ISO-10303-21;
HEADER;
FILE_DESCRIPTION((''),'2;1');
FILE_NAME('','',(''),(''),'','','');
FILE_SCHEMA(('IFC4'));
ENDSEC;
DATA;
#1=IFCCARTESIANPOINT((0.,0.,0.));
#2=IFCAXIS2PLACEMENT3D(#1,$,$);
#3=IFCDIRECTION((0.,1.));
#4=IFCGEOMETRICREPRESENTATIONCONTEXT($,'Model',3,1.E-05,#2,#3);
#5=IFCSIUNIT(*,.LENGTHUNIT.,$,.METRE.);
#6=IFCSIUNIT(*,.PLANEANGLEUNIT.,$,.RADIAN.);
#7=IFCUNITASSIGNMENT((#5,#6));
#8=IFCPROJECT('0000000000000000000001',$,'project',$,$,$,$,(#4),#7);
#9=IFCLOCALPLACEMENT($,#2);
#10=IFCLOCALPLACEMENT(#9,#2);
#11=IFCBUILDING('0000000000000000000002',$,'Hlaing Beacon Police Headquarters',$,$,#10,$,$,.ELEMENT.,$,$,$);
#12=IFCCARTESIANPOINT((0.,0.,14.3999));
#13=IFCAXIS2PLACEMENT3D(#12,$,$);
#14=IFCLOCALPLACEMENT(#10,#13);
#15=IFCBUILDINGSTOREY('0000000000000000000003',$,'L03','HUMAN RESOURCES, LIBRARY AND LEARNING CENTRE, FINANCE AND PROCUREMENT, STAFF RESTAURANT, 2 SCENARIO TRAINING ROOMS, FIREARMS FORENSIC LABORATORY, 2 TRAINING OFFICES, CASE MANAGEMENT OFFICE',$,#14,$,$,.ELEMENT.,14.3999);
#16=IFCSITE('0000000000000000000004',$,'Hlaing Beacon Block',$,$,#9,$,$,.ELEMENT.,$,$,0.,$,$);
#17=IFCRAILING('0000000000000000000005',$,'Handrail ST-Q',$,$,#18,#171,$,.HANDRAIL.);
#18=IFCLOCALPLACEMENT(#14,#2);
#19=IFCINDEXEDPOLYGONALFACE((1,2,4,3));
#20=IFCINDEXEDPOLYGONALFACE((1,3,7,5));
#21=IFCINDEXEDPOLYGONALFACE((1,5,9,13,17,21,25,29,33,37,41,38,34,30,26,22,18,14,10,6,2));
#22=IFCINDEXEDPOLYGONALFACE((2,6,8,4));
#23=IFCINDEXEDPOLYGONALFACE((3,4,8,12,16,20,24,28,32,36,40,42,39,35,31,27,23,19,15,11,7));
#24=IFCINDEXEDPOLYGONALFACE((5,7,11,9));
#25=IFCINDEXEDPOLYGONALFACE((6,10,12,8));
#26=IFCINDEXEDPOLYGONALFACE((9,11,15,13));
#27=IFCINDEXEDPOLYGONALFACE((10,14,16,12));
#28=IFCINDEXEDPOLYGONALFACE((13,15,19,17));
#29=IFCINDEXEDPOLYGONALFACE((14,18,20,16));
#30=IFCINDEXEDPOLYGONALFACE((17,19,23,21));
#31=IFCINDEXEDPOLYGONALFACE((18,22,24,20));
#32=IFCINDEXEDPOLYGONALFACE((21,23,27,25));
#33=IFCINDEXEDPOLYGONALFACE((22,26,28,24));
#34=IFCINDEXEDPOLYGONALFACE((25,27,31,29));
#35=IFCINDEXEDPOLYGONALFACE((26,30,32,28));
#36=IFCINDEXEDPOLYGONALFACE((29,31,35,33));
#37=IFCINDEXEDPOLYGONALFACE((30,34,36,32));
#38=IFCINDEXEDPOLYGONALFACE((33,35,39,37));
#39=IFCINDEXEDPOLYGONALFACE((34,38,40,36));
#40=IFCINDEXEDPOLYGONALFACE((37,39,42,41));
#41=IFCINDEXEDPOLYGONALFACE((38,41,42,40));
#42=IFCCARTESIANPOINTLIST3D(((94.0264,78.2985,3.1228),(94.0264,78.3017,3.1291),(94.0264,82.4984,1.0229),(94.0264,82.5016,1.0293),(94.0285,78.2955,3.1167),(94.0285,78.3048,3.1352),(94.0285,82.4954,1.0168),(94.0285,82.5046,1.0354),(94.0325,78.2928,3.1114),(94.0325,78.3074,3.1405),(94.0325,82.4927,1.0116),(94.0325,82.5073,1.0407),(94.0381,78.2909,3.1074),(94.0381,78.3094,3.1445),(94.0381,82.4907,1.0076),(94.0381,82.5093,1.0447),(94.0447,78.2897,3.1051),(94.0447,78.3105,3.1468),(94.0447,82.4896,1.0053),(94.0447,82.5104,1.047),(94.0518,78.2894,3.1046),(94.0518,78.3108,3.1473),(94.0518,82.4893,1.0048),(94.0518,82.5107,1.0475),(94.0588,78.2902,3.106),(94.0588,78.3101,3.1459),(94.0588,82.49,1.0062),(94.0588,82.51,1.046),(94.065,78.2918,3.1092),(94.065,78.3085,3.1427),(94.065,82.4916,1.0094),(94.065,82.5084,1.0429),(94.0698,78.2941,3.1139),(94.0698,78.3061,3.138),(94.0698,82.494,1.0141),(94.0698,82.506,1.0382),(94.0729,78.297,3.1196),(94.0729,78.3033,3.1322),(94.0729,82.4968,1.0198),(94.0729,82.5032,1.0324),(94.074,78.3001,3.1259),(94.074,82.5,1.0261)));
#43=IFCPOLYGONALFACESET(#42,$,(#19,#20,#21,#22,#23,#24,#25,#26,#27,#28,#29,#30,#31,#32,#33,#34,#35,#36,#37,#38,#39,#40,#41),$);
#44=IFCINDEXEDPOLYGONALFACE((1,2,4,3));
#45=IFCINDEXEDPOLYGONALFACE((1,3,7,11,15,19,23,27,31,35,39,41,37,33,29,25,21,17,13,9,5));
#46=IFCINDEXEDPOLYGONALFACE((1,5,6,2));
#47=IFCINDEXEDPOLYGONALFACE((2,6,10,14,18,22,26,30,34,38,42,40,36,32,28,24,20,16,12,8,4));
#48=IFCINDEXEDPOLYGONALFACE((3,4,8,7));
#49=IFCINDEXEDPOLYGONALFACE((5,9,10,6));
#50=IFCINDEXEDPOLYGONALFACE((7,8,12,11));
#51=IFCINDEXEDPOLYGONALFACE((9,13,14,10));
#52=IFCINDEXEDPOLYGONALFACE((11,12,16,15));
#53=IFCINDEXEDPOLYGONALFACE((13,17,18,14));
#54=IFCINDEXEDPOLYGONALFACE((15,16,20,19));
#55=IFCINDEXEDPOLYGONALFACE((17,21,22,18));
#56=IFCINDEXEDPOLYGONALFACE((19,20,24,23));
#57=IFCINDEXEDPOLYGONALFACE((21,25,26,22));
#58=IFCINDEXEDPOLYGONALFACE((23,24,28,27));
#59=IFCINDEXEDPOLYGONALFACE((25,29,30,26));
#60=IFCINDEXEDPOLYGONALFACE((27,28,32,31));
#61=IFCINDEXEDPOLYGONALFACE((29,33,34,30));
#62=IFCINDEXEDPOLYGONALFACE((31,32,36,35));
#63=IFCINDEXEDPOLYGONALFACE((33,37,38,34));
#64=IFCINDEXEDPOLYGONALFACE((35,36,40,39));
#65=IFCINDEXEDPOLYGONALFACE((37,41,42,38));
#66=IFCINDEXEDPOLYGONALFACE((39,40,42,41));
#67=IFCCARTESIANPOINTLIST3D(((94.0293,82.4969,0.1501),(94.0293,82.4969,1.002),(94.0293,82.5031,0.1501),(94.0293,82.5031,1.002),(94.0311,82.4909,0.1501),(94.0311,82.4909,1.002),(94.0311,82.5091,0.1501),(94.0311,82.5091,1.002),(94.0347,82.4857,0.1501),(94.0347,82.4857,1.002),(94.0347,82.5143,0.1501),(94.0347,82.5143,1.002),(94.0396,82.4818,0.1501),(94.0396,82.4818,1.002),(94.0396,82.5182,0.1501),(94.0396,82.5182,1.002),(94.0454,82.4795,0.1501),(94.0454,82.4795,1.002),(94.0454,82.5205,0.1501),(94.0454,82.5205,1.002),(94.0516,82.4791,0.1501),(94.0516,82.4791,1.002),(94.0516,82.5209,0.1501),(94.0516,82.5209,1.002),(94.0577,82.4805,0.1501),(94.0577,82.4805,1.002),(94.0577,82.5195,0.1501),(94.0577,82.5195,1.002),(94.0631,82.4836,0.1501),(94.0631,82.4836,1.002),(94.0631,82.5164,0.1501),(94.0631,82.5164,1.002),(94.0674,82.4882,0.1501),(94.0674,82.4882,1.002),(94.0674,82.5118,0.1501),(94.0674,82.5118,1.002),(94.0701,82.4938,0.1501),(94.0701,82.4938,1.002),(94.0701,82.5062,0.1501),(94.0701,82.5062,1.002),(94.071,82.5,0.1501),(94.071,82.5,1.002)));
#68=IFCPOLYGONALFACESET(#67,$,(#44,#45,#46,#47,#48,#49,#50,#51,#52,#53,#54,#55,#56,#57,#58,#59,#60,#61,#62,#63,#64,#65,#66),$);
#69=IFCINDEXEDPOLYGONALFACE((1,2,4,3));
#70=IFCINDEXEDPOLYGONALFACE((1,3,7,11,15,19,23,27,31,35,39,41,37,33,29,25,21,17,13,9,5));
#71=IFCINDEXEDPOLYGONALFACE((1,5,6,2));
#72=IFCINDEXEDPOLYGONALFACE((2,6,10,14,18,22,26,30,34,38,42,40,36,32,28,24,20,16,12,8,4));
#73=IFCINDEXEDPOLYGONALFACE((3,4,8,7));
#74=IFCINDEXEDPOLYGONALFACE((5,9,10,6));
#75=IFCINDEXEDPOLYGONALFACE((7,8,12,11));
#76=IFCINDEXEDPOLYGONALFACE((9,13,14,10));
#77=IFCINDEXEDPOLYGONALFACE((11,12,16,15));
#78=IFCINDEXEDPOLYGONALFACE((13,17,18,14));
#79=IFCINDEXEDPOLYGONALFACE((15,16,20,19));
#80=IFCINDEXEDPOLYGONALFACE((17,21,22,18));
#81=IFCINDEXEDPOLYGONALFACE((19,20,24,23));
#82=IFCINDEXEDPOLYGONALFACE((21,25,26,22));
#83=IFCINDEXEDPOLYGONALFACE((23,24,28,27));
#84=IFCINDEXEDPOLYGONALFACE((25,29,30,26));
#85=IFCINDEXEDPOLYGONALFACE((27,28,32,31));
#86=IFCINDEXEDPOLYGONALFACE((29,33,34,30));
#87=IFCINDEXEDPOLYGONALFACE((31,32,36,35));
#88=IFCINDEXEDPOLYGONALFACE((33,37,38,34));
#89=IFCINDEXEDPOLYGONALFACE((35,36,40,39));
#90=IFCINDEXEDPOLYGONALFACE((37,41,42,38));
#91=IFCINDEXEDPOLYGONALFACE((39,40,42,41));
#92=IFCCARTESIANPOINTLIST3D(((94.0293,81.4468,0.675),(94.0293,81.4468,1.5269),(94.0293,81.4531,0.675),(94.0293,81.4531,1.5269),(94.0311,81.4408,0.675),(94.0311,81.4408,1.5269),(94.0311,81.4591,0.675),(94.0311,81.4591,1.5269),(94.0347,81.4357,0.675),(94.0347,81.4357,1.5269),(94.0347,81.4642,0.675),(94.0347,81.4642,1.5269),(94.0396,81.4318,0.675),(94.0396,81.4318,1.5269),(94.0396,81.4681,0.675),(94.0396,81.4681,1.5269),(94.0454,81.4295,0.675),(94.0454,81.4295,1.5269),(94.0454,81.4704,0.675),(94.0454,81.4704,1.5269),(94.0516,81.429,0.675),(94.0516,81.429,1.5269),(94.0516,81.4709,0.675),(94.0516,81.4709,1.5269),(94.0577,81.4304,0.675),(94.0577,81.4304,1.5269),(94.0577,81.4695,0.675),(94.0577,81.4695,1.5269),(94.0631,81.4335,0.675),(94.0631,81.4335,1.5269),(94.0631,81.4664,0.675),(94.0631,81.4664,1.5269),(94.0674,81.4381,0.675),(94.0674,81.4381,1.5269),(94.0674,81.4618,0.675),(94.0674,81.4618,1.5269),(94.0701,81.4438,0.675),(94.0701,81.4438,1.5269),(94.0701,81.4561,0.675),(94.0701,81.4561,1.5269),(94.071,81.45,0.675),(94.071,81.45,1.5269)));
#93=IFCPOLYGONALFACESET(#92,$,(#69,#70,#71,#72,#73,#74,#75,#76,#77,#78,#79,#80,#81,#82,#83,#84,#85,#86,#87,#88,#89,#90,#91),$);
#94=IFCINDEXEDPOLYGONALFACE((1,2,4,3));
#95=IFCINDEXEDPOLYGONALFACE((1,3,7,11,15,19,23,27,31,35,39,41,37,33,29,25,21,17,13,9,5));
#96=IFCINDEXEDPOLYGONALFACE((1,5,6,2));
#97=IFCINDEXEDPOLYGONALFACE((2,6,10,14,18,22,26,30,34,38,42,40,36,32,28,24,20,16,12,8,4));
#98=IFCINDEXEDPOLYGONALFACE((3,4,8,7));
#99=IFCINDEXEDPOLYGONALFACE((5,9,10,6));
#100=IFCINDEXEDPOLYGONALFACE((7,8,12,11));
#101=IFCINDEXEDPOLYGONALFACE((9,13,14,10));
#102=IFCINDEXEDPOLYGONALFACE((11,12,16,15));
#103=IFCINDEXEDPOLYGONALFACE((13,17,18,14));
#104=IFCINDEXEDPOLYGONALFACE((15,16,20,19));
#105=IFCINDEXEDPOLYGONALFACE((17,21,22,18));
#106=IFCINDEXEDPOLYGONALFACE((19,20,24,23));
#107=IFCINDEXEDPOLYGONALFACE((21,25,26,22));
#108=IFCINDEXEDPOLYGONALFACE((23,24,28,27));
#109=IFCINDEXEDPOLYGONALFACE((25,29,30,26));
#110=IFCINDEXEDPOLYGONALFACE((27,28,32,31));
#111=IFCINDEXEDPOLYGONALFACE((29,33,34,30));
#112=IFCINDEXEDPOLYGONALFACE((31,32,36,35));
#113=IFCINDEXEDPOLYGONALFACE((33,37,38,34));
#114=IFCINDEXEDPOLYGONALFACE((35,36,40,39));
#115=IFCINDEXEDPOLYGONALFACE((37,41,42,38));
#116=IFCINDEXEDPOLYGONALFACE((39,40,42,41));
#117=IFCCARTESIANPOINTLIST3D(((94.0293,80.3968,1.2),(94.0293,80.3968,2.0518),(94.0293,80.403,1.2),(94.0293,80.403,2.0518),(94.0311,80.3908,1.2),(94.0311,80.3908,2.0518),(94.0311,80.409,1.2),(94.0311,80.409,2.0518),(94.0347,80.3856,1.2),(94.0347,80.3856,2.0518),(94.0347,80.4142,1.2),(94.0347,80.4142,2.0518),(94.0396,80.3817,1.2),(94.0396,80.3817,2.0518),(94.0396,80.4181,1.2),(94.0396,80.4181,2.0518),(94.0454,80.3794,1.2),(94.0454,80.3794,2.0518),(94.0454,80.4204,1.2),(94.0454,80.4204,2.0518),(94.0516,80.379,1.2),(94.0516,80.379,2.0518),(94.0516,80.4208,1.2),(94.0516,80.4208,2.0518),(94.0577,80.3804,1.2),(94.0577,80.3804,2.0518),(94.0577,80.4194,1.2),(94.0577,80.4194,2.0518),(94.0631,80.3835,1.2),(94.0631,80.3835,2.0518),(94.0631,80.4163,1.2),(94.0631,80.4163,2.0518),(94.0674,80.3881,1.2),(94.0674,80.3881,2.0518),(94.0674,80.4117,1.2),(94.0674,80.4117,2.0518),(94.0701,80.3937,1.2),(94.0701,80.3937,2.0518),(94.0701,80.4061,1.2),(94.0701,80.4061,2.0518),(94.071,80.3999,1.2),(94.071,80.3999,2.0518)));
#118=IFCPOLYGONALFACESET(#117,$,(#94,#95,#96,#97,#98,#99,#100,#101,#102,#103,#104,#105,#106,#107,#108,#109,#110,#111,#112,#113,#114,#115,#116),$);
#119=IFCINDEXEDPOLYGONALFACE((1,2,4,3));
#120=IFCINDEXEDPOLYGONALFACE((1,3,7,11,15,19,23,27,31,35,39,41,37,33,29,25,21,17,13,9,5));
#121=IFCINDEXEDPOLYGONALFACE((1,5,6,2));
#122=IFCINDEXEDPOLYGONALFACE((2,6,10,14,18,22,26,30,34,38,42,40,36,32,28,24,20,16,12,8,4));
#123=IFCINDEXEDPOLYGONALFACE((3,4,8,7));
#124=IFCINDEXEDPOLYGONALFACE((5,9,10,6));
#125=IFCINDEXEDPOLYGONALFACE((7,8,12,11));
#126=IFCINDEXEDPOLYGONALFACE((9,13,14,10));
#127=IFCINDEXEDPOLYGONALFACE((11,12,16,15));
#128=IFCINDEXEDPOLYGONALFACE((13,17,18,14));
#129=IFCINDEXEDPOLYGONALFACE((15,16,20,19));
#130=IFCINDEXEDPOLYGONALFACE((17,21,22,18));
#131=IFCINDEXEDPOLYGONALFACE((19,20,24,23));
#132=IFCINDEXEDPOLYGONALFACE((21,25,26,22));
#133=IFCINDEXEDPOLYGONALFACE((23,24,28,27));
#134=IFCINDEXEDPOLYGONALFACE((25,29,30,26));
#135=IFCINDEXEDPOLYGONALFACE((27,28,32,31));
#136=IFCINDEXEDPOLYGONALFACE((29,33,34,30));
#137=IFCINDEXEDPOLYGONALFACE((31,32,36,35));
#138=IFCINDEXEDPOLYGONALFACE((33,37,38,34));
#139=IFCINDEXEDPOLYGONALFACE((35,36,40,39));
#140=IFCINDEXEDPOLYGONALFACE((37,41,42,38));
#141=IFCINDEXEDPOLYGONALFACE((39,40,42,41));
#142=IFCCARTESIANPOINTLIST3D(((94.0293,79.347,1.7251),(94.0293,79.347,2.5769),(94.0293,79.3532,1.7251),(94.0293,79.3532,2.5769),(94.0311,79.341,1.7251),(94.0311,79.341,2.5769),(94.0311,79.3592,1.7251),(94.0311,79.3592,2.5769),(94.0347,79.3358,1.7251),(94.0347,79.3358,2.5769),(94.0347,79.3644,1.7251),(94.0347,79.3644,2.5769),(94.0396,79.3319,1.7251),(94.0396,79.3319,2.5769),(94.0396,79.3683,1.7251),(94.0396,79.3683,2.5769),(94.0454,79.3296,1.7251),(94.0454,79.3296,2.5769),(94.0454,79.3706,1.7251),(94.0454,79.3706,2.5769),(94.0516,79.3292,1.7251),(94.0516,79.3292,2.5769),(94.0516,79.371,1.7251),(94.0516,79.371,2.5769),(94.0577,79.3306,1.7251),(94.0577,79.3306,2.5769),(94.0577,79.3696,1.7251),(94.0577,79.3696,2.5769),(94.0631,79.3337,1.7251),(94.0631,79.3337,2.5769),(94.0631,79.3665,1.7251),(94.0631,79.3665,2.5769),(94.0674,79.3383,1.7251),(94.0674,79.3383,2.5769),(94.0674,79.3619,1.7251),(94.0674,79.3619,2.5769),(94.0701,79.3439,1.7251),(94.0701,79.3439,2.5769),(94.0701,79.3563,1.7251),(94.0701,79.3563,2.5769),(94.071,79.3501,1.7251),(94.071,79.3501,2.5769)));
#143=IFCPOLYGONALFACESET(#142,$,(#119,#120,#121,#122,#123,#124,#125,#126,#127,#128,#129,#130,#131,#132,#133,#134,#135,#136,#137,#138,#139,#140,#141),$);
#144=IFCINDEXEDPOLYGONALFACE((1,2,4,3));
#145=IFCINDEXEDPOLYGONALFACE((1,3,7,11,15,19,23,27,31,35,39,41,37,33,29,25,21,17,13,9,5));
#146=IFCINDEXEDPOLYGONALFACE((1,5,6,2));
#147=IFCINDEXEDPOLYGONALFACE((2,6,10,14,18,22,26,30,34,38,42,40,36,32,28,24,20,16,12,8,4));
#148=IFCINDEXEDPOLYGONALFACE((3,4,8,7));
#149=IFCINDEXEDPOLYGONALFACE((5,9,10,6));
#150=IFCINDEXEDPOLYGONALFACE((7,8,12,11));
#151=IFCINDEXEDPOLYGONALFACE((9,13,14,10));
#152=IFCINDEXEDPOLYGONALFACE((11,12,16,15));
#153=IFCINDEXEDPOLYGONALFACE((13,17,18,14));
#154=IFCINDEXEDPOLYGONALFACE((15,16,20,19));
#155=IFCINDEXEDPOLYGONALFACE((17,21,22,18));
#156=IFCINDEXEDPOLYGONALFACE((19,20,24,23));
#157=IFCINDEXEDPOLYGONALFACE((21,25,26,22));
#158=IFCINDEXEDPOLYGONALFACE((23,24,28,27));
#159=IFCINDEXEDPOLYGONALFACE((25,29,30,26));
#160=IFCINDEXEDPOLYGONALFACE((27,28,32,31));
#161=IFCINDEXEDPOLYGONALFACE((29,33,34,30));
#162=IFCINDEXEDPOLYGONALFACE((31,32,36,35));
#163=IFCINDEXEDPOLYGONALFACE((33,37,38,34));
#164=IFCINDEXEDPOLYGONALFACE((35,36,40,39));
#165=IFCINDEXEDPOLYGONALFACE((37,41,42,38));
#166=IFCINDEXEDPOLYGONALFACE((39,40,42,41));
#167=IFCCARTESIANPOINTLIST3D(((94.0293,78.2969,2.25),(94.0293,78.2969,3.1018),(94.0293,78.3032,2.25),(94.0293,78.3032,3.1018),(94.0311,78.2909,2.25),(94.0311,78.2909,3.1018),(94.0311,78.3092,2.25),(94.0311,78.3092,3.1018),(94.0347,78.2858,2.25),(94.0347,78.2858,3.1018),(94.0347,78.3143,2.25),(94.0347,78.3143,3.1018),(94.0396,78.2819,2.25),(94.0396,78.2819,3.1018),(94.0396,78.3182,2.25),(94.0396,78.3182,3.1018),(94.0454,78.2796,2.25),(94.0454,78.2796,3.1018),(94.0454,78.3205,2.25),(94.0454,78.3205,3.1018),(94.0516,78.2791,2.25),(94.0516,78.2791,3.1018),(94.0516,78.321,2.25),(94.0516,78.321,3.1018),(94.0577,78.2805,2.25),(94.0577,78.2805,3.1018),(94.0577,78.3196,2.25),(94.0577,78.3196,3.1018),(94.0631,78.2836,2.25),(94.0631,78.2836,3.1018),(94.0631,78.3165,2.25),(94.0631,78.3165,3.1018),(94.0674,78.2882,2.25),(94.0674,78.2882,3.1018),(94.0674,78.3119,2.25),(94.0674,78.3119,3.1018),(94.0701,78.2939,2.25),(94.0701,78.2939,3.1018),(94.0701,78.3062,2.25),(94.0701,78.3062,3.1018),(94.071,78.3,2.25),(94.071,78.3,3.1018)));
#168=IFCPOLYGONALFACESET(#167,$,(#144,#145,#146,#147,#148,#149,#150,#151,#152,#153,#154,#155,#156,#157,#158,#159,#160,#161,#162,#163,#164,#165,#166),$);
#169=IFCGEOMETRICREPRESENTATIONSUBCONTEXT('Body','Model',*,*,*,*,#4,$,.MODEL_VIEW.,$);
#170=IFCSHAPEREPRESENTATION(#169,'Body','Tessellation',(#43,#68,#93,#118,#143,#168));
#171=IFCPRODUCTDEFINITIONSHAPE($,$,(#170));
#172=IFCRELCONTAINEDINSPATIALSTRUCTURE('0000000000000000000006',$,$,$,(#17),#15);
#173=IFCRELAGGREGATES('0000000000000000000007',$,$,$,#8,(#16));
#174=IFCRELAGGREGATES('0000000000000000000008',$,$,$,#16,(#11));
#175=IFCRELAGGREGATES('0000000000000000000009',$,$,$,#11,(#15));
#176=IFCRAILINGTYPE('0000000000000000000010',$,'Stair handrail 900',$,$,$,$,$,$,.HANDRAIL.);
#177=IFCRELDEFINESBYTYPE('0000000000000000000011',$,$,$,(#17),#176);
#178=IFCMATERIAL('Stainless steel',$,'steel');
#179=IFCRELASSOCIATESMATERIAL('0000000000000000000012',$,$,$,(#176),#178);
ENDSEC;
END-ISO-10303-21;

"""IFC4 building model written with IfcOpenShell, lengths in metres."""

from ifc_helpers import new_model, si_unit, direction, frame, origin, origin_2d, place, context, subcontext, project, spatial, circle, extrude, material, type_object, element, save


model = new_model("IFC4")

# Units and contexts
model_context = context("Model", 3, precision=1e-05, world=origin(), true_north=direction((0.0, 1.0)))
body_context = subcontext(model_context, "Body", "Model", "MODEL_VIEW")
ifc_project = project(units=[si_unit("LENGTHUNIT", "METRE"), si_unit("PLANEANGLEUNIT", "RADIAN")], contexts=[model_context])

# Site, building, storey
site_placement = place(None, origin())
site = spatial("IfcSite", under=ifc_project, at=site_placement, Name="Hlaing Beacon Block", CompositionType="ELEMENT", RefElevation=0.0)
building_placement = place(site_placement, origin())
building = spatial("IfcBuilding", under=site, at=building_placement, Name="Hlaing Beacon Police Headquarters", CompositionType="ELEMENT")
storey_placement = place(building_placement, frame((0.0, 0.0, 14.3999)))
storey = spatial("IfcBuildingStorey", under=building, at=storey_placement, Name="L03", Description="HUMAN RESOURCES, LIBRARY AND LEARNING CENTRE, FINANCE AND PROCUREMENT, STAFF RESTAURANT, 2 SCENARIO TRAINING ROOMS, FIREARMS FORENSIC LABORATORY, 2 TRAINING OFFICES, CASE MANAGEMENT OFFICE", CompositionType="ELEMENT", Elevation=14.3999)

# Railing
ifc_material_1 = material(Name="Stainless steel", Category="steel")
railing_type_1 = type_object("IfcRailingType", Name="Stair handrail 900", PredefinedType="HANDRAIL", material=ifc_material_1)
for number, where, name in (
    (1, (94.05, 82.5, 0.1501), "Handrail ST-Q"),
):
    element("IfcRailing", number, at=place(storey_placement, frame(where)), inside=storey, type_object=railing_type_1, Name=name, PredefinedType="HANDRAIL", context=body_context, shape_type="SweptSolid", body=[
        extrude(circle(Radius=0.0239, at=origin_2d()), frame((0.0, 0.0, 0.876), z_axis=(0.0, -0.894438, 0.447193), x_axis=(1.0, 0.0, 0.0)), (0.0, 0.0, 1.0), 4.6956),
        extrude(circle(Radius=0.021, at=origin_2d()), origin(), (0.0, 0.0, 1.0), 0.8518),
        extrude(circle(Radius=0.021, at=origin_2d()), frame((0.0, -1.05, 0.5249)), (0.0, 0.0, 1.0), 0.8518),
        extrude(circle(Radius=0.021, at=origin_2d()), frame((0.0, -2.1001, 1.0498)), (0.0, 0.0, 1.0), 0.8518),
        extrude(circle(Radius=0.021, at=origin_2d()), frame((0.0, -3.1499, 1.575)), (0.0, 0.0, 1.0), 0.8518),
        extrude(circle(Radius=0.021, at=origin_2d()), frame((0.0, -4.2, 2.0999)), (0.0, 0.0, 1.0), 0.8518),
    ])

save(model, "model.ifc")
